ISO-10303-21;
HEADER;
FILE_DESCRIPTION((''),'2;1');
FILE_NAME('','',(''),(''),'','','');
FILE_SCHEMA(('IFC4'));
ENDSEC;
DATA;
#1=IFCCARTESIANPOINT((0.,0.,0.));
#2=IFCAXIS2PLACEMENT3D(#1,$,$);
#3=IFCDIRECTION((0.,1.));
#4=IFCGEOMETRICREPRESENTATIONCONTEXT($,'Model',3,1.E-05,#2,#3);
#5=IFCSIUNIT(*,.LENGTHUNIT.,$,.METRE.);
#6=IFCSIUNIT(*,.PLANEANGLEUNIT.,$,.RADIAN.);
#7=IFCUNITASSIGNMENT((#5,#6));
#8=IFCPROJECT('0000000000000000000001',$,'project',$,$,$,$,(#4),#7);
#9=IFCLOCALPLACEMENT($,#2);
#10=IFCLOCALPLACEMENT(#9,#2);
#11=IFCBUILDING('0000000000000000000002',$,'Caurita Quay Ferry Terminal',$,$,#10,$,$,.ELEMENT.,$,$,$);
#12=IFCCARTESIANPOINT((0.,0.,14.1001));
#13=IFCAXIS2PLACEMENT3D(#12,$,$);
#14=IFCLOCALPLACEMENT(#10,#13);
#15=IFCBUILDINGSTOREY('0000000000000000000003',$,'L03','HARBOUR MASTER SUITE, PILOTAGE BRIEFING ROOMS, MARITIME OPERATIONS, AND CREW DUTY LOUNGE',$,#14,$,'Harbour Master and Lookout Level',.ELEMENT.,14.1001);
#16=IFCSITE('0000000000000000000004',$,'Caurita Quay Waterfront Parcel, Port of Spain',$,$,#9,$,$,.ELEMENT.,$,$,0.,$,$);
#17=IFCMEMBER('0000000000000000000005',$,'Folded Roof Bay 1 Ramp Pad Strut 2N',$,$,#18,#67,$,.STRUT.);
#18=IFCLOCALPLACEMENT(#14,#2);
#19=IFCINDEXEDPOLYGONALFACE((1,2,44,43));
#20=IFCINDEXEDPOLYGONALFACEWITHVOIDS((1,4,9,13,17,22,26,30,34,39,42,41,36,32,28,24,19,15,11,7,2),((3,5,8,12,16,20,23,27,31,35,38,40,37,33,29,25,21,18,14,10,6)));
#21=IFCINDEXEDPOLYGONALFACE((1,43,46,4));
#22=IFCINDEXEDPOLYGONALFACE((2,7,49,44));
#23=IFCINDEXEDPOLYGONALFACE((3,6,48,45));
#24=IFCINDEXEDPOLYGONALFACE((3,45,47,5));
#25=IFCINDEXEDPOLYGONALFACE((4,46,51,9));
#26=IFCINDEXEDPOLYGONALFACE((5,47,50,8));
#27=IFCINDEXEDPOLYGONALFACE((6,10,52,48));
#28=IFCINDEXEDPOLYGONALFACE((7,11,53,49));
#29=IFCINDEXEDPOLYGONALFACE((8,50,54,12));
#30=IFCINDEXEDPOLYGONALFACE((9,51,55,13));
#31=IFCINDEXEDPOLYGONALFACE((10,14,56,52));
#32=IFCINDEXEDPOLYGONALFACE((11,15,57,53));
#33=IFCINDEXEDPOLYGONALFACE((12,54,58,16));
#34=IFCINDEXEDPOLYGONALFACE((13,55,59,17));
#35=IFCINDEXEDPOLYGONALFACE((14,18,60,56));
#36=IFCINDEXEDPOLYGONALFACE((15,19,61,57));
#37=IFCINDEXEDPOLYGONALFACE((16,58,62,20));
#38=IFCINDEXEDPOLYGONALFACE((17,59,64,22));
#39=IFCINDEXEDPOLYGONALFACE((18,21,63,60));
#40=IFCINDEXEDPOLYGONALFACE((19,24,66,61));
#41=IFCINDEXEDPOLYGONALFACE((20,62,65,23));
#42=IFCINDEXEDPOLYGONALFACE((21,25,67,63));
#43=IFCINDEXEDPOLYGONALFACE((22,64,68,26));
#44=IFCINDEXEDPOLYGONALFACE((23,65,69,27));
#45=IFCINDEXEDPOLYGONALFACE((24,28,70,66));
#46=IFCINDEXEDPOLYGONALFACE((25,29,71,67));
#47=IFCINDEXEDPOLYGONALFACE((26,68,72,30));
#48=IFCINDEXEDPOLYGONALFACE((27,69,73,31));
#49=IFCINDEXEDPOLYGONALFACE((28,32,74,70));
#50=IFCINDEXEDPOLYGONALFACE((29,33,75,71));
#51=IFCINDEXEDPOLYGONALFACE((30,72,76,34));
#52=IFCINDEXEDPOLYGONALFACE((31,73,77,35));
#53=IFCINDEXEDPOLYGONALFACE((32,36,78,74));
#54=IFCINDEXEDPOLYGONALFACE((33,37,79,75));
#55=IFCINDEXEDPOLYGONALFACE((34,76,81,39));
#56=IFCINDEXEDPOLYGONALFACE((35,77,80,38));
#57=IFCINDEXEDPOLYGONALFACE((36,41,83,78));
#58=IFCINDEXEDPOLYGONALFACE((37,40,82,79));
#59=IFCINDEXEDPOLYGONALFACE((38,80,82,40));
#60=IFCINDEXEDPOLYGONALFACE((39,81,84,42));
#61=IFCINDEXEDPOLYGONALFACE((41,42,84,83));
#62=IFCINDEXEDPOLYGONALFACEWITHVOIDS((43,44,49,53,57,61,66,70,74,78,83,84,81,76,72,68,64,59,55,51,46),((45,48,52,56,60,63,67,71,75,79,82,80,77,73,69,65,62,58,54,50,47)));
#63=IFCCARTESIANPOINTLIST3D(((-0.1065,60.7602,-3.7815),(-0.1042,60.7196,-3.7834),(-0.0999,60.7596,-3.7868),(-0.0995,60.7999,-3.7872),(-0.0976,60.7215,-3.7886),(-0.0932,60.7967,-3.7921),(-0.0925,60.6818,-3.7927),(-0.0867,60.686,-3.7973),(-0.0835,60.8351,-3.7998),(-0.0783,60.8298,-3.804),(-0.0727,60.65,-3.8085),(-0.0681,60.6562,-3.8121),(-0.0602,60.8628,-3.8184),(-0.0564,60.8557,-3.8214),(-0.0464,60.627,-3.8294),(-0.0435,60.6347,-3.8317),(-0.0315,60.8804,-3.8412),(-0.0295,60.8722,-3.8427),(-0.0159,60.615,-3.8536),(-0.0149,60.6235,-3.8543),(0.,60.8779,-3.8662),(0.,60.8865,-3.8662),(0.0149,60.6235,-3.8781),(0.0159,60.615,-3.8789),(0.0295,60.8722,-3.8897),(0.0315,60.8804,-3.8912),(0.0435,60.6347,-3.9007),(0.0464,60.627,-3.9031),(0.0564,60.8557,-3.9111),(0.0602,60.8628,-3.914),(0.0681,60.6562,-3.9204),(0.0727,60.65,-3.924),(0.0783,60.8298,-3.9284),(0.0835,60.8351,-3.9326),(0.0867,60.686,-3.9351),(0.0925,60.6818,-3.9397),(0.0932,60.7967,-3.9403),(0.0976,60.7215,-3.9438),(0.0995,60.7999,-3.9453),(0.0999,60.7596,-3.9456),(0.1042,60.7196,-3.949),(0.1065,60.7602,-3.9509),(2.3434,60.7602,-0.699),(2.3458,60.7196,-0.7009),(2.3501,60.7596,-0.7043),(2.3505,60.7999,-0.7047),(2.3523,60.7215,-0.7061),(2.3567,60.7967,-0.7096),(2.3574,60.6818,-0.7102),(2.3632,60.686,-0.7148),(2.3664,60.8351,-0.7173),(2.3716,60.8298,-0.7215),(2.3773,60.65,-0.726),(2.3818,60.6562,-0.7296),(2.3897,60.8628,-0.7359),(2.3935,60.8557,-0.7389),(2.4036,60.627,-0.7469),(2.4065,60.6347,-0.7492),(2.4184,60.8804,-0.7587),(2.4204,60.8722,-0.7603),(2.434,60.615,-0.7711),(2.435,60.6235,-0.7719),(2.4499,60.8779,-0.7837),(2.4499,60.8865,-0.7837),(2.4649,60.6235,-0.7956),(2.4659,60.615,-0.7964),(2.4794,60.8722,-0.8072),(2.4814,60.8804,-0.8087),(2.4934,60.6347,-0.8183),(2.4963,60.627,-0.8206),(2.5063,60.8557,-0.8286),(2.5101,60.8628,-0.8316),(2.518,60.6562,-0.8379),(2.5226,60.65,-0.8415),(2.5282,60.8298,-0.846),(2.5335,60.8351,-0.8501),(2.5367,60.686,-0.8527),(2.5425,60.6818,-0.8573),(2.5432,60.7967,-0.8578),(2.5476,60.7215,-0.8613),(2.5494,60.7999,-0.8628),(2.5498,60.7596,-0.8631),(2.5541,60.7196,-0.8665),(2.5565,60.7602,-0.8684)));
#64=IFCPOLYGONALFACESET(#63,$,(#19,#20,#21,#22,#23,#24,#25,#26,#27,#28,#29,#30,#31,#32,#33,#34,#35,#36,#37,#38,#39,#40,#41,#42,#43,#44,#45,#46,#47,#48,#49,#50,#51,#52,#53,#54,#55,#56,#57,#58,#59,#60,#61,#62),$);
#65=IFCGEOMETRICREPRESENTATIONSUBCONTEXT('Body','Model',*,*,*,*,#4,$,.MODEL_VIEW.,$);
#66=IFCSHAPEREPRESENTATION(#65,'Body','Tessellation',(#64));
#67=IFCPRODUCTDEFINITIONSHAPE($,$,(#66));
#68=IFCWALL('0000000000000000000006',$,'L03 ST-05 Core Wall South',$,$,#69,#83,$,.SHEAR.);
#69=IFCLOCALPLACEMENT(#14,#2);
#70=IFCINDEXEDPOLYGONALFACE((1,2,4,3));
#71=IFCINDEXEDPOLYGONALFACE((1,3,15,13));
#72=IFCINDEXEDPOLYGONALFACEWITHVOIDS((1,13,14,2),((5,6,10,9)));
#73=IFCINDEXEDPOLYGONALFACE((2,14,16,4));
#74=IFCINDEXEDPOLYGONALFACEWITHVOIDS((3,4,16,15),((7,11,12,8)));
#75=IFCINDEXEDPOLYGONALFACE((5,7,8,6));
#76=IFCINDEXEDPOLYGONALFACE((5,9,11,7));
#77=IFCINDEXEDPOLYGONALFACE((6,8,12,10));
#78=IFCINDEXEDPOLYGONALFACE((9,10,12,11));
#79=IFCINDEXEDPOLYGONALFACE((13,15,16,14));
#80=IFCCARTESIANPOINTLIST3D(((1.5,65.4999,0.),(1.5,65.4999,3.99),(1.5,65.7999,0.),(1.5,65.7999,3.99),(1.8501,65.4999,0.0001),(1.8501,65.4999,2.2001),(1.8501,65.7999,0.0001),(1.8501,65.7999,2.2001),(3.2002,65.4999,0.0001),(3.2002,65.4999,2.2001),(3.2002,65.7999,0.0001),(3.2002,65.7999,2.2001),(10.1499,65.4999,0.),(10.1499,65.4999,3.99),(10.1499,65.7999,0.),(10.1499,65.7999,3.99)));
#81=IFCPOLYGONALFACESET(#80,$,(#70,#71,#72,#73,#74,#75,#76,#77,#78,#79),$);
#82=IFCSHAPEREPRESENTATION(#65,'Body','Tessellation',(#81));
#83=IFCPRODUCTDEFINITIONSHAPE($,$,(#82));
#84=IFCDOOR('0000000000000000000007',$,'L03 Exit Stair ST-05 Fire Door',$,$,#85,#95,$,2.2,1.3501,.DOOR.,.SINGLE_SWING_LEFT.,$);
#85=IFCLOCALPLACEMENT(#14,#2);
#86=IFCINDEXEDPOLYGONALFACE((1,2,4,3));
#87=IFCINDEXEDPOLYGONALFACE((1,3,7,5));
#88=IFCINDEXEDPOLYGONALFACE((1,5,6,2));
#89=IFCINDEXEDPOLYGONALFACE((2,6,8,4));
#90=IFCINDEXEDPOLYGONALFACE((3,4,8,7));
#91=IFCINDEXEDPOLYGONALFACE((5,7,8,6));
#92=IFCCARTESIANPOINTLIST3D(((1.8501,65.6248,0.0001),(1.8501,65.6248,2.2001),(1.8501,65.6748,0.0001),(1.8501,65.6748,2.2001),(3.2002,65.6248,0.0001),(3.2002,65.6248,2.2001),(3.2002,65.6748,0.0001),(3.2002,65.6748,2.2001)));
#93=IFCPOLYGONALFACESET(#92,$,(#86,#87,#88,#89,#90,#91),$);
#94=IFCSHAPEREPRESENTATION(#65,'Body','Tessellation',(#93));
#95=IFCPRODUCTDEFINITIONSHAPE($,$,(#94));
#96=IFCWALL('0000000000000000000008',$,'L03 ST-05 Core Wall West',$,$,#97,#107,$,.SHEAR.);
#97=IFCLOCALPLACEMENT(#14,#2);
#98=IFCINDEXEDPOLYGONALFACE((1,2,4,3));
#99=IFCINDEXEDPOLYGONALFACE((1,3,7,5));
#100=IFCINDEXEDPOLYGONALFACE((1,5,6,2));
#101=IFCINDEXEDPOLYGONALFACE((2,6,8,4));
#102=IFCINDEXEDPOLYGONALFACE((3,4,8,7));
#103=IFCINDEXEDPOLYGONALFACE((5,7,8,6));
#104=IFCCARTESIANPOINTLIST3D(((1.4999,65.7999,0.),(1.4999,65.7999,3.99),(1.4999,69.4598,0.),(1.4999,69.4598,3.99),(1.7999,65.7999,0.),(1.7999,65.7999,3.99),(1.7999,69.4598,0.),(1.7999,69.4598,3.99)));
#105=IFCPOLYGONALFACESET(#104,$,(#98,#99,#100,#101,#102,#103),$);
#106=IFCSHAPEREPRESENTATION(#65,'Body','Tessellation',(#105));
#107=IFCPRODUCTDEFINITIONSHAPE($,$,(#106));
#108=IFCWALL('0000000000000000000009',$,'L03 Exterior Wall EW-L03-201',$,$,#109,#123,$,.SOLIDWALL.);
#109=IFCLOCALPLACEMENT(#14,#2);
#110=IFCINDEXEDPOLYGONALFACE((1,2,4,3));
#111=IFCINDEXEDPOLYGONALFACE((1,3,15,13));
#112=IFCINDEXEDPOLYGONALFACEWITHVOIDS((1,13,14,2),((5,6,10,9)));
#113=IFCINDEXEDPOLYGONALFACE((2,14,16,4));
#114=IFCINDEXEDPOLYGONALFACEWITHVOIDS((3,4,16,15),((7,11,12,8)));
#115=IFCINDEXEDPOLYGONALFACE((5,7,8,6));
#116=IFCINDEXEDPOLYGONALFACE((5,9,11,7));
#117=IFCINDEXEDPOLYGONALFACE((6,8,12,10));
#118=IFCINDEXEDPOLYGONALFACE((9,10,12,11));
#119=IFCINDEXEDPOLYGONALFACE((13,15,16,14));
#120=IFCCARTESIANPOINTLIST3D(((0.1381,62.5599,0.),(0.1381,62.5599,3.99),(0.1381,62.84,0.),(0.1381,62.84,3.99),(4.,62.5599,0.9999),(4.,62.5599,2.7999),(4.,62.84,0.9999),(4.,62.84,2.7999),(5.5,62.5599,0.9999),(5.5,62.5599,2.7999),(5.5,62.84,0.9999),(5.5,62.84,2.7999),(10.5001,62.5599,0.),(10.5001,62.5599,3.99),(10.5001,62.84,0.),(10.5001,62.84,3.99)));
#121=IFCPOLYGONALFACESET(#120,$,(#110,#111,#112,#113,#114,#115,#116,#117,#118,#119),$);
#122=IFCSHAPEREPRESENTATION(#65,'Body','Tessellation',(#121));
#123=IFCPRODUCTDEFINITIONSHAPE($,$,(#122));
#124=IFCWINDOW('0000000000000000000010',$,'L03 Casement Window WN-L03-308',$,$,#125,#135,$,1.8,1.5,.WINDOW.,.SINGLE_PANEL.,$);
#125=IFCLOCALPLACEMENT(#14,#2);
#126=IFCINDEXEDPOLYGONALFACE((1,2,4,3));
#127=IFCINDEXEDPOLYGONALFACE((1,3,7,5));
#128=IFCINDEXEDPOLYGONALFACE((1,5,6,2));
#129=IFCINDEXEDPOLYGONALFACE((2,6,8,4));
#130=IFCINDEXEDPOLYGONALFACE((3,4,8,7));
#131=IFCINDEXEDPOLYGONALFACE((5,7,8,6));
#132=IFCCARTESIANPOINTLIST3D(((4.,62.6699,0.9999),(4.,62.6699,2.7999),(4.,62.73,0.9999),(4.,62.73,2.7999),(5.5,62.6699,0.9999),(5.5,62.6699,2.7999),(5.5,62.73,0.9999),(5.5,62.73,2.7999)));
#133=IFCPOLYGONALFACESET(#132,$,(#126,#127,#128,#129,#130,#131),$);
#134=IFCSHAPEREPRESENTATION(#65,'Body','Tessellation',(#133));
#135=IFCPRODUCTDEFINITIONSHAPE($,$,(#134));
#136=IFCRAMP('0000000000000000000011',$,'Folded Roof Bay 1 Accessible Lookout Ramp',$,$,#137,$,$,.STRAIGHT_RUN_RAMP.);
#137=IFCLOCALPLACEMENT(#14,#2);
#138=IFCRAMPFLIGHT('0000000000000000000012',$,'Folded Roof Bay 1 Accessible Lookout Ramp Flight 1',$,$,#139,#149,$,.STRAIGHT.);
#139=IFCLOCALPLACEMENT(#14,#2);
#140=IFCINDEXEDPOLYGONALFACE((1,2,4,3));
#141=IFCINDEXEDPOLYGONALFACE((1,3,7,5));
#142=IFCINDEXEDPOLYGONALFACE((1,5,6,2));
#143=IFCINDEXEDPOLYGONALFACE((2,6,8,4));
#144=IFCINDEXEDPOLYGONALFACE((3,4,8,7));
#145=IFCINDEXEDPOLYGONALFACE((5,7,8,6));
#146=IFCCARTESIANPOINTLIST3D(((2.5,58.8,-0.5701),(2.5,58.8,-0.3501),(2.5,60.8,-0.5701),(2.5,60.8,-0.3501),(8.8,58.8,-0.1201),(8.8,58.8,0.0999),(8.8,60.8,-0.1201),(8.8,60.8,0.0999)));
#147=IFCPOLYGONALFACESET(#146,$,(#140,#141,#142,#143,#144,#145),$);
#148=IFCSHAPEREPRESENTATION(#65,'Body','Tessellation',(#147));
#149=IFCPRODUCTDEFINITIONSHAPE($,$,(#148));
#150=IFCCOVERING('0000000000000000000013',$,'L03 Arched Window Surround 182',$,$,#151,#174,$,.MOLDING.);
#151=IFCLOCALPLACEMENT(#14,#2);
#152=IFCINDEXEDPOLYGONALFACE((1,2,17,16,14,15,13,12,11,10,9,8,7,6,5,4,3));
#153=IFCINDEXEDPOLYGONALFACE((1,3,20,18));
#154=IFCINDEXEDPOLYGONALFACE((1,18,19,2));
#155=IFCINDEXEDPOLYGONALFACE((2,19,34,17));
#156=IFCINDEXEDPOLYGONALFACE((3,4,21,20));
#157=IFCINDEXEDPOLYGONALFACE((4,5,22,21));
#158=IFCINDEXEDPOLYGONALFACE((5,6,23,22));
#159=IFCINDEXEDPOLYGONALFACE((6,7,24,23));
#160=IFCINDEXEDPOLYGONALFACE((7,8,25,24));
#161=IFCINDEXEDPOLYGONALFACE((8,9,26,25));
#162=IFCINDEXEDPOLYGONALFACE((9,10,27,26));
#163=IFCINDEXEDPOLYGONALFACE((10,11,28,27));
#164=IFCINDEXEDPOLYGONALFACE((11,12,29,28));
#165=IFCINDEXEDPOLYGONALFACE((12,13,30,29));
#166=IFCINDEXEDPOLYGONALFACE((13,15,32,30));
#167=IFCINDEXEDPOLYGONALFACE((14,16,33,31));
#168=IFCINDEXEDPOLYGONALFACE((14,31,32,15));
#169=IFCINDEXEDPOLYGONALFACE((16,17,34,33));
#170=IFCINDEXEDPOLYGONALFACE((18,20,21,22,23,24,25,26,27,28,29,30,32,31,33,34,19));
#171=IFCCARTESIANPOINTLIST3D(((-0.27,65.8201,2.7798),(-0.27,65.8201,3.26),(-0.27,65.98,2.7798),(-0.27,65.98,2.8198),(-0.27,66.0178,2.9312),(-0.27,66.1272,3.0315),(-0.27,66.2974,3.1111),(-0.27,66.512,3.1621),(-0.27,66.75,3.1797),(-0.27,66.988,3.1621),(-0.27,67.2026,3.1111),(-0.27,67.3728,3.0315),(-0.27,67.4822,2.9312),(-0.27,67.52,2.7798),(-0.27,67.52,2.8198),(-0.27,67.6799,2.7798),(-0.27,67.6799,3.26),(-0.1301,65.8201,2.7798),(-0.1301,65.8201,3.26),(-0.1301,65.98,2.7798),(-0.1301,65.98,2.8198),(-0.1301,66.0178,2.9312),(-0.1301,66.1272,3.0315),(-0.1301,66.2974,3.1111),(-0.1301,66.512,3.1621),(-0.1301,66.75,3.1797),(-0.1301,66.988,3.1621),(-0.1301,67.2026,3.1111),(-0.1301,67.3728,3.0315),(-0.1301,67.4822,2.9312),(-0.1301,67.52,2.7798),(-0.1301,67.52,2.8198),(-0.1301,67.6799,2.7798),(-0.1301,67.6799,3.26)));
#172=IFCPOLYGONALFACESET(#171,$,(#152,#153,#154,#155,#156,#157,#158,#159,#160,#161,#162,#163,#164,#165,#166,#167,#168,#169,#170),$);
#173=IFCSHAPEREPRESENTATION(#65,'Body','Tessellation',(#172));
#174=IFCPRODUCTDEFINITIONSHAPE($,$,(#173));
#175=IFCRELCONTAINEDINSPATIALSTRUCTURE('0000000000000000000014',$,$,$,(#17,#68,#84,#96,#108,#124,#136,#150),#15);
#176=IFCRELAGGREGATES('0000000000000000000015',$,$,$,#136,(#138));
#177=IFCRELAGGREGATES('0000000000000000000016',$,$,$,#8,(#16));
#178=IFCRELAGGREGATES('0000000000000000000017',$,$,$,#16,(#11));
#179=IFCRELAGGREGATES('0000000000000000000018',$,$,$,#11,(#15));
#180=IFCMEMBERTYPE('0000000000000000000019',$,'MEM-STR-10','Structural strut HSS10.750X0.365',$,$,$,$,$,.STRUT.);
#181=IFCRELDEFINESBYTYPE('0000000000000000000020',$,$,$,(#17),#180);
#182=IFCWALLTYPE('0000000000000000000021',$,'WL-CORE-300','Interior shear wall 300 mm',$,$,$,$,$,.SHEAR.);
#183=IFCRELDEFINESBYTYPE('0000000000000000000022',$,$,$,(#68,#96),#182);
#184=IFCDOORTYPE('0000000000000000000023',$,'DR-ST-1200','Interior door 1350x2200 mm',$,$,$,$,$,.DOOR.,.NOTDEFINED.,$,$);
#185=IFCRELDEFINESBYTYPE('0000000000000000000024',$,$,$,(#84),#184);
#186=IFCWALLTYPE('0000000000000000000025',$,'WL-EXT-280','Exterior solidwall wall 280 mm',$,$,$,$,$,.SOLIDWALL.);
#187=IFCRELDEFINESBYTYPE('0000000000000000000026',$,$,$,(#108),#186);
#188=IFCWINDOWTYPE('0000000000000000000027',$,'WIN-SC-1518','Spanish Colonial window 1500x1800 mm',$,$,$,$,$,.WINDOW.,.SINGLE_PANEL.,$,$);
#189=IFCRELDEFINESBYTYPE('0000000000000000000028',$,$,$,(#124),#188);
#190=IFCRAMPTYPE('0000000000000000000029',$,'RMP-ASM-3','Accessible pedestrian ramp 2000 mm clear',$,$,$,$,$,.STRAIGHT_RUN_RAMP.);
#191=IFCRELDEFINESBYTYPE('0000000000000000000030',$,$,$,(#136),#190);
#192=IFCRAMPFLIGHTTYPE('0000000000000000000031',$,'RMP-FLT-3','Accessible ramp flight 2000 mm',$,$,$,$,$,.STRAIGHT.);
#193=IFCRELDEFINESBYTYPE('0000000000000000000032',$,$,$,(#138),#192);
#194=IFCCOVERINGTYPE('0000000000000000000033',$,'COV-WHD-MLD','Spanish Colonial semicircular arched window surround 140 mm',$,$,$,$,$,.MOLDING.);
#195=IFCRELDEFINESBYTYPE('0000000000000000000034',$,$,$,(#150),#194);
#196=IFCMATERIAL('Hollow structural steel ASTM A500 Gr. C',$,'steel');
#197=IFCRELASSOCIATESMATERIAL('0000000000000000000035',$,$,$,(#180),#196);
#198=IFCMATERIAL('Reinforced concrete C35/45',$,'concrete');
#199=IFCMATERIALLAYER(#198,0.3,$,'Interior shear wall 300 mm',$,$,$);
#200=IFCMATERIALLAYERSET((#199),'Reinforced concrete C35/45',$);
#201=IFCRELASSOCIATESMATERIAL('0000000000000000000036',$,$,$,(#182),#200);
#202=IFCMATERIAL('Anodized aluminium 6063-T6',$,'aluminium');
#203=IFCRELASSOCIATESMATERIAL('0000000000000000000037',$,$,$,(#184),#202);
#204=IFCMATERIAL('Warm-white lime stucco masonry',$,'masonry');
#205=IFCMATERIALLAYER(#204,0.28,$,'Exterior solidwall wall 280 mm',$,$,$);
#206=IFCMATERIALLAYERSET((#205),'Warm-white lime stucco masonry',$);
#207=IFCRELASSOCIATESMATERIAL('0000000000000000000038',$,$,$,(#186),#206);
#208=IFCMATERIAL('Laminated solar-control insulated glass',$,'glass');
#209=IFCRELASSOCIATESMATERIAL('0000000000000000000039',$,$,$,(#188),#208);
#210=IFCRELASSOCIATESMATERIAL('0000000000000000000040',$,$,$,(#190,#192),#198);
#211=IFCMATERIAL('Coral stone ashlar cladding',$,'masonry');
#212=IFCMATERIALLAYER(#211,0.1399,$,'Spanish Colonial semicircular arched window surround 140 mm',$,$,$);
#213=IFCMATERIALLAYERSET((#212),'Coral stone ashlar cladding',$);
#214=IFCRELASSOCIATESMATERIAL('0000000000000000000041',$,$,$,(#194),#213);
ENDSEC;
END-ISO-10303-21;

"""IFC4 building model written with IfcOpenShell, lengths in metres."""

from ifc_helpers import new_model, si_unit, direction, frame, frame_2d, origin, origin_2d, place, context, subcontext, project, spatial, polyline, rectangle, hollow_circle, outline, extrude, material, layer, layer_set, material_profile, profile_set, type_object, element, fill, aggregate, save


model = new_model("IFC4")

# Units and contexts
model_context = context("Model", 3, precision=1e-05, world=origin(), true_north=direction((0.0, 1.0)))
body_context = subcontext(model_context, "Body", "Model", "MODEL_VIEW")
ifc_project = project(units=[si_unit("LENGTHUNIT", "METRE"), si_unit("PLANEANGLEUNIT", "RADIAN")], contexts=[model_context])

# Site, building, storey
site_placement = place(None, origin())
site = spatial("IfcSite", under=ifc_project, at=site_placement, Name="Caurita Quay Waterfront Parcel, Port of Spain", CompositionType="ELEMENT", RefElevation=0.0)
building_placement = place(site_placement, origin())
building = spatial("IfcBuilding", under=site, at=building_placement, Name="Caurita Quay Ferry Terminal", CompositionType="ELEMENT")
storey_placement = place(building_placement, frame((0.0, 0.0, 14.1001)))
storey = spatial("IfcBuildingStorey", under=building, at=storey_placement, Name="L03", Description="HARBOUR MASTER SUITE, PILOTAGE BRIEFING ROOMS, MARITIME OPERATIONS, AND CREW DUTY LOUNGE", LongName="Harbour Master and Lookout Level", CompositionType="ELEMENT", Elevation=14.1001)

# Shared definitions
ifc_material_1 = material(Name="Reinforced concrete C35/45", Category="concrete")

# Member
ifc_material_2 = material(Name="Hollow structural steel ASTM A500 Gr. C", Category="steel")
ifc_material_profile_1 = material_profile(ifc_material_2, hollow_circle(Radius=0.1365, WallThickness=0.0085, at=origin_2d()), Name="HSS10.750X0.365")
ifc_profile_set_1 = profile_set([ifc_material_profile_1], Name="Hollow structural steel ASTM A500 Gr. C")
member_type = type_object("IfcMemberType", Name="MEM-STR-10", Description="Structural strut HSS10.750X0.365", PredefinedType="STRUT", material=ifc_profile_set_1)
member_1_placement = place(storey_placement, frame((0.0, 60.75, -3.8662), z_axis=(0.622204, 0.0, 0.782855), x_axis=(0.0, 1.0, 0.0)))
element("IfcMember", 1, at=member_1_placement, inside=storey, type_object=member_type, Name="Folded Roof Bay 1 Ramp Pad Strut 2N", PredefinedType="STRUT", context=body_context, shape_type="SweptSolid", body=[
    extrude(hollow_circle(Radius=0.1365, WallThickness=0.0085, at=origin_2d()), origin(), (0.0, 0.0, 1.0), 3.9375),
])

# Wall, opening, door
ifc_layer_1 = layer(ifc_material_1, 0.3, Name="Interior shear wall 300 mm")
ifc_layer_set_1 = layer_set([ifc_layer_1], Name="Reinforced concrete C35/45")
wall_type_1 = type_object("IfcWallType", Name="WL-CORE-300", Description="Interior shear wall 300 mm", PredefinedType="SHEAR", material=ifc_layer_set_1)
wall_1_placement = place(storey_placement, frame((1.5, 65.6499, 0.0), z_axis=(0.0, 0.0, 1.0), x_axis=(1.0, 0.0, 0.0)))
wall_1 = element("IfcWall", 2, at=wall_1_placement, inside=storey, type_object=wall_type_1, Name="L03 ST-05 Core Wall South", PredefinedType="SHEAR", context=body_context, shape_type="SweptSolid", body=[
    extrude(rectangle(XDim=8.6499, YDim=0.3, at=frame_2d((4.325, 0.0))), origin(), (0.0, 0.0, 1.0), 3.99),
])
opening_1_placement = place(wall_1_placement, frame((0.3501, 0.0, 0.0)))
opening_1 = element("IfcOpeningElement", 3, at=opening_1_placement, cuts=wall_1, PredefinedType="OPENING", context=body_context, shape_type="SweptSolid", body=[
    extrude(rectangle(XDim=1.3501, YDim=2.2, at=frame_2d((0.675, 1.1001))), frame((0.0, 0.1599, 0.0), z_axis=(0.0, -1.0, 0.0), x_axis=(1.0, 0.0, 0.0)), (0.0, 0.0, 1.0), 0.3201),
])
ifc_material_3 = material(Name="Anodized aluminium 6063-T6", Category="aluminium")
door_type = type_object("IfcDoorType", Name="DR-ST-1200", Description="Interior door 1350x2200 mm", OperationType="NOTDEFINED", PredefinedType="DOOR", material=ifc_material_3)
door_placement = place(opening_1_placement, origin())
door = element("IfcDoor", 4, at=door_placement, inside=storey, type_object=door_type, Name="L03 Exit Stair ST-05 Fire Door", OperationType="SINGLE_SWING_LEFT", OverallHeight=2.2, OverallWidth=1.3501, PredefinedType="DOOR", context=body_context, shape_type="SweptSolid", body=[
    extrude(rectangle(XDim=1.3501, YDim=2.2, at=frame_2d((0.675, 1.1001))), frame((0.0, 0.0249, 0.0), z_axis=(0.0, -1.0, 0.0), x_axis=(1.0, 0.0, 0.0)), (0.0, 0.0, 1.0), 0.05),
])
fill(opening_1, door)

# Wall
wall_2_placement = place(storey_placement, frame((1.6499, 69.46, 0.0), z_axis=(0.0, 0.0, 1.0), x_axis=(0.0, -1.0, 0.0)))
element("IfcWall", 5, at=wall_2_placement, inside=storey, type_object=wall_type_1, Name="L03 ST-05 Core Wall West", PredefinedType="SHEAR", context=body_context, shape_type="SweptSolid", body=[
    extrude(rectangle(XDim=3.6599, YDim=0.3, at=frame_2d((1.8301, 0.0))), origin(), (0.0, 0.0, 1.0), 3.99),
])

# Wall, opening, window
ifc_material_4 = material(Name="Warm-white lime stucco masonry", Category="masonry")
ifc_layer_2 = layer(ifc_material_4, 0.28, Name="Exterior solidwall wall 280 mm")
ifc_layer_set_2 = layer_set([ifc_layer_2], Name="Warm-white lime stucco masonry")
wall_type_2 = type_object("IfcWallType", Name="WL-EXT-280", Description="Exterior solidwall wall 280 mm", PredefinedType="SOLIDWALL", material=ifc_layer_set_2)
wall_3_placement = place(storey_placement, frame((0.1379, 62.7, 0.0), z_axis=(0.0, 0.0, 1.0), x_axis=(1.0, 0.0, 0.0)))
wall_3 = element("IfcWall", 6, at=wall_3_placement, inside=storey, type_object=wall_type_2, Name="L03 Exterior Wall EW-L03-201", PredefinedType="SOLIDWALL", context=body_context, shape_type="SweptSolid", body=[
    extrude(rectangle(XDim=10.3621, YDim=0.28, at=frame_2d((5.1812, 0.0))), origin(), (0.0, 0.0, 1.0), 3.99),
])
opening_2_placement = place(wall_3_placement, frame((3.8621, 0.0, 1.0)))
opening_2 = element("IfcOpeningElement", 7, at=opening_2_placement, cuts=wall_3, PredefinedType="OPENING", context=body_context, shape_type="SweptSolid", body=[
    extrude(rectangle(XDim=1.5, YDim=1.8, at=frame_2d((0.75, 0.8999))), frame((0.0, 0.1499, 0.0), z_axis=(0.0, -1.0, 0.0), x_axis=(1.0, 0.0, 0.0)), (0.0, 0.0, 1.0), 0.3),
])
ifc_material_5 = material(Name="Laminated solar-control insulated glass", Category="glass")
window_type = type_object("IfcWindowType", Name="WIN-SC-1518", Description="Spanish Colonial window 1500x1800 mm", PartitioningType="SINGLE_PANEL", PredefinedType="WINDOW", material=ifc_material_5)
window_placement = place(opening_2_placement, origin())
window = element("IfcWindow", 8, at=window_placement, inside=storey, type_object=window_type, Name="L03 Casement Window WN-L03-308", OverallHeight=1.8, OverallWidth=1.5, PartitioningType="SINGLE_PANEL", PredefinedType="WINDOW", context=body_context, shape_type="SweptSolid", body=[
    extrude(rectangle(XDim=1.5, YDim=1.8, at=frame_2d((0.75, 0.8999))), frame((0.0, 0.03, 0.0), z_axis=(0.0, -1.0, 0.0), x_axis=(1.0, 0.0, 0.0)), (0.0, 0.0, 1.0), 0.0601),
])
fill(opening_2, window)

# Ramp, ramp flight
ramp_type = type_object("IfcRampType", Name="RMP-ASM-3", Description="Accessible pedestrian ramp 2000 mm clear", PredefinedType="STRAIGHT_RUN_RAMP", material=ifc_material_1)
ramp_placement = place(storey_placement, origin())
ramp = element("IfcRamp", 9, at=ramp_placement, inside=storey, type_object=ramp_type, Name="Folded Roof Bay 1 Accessible Lookout Ramp", PredefinedType="STRAIGHT_RUN_RAMP")
ramp_flight_type = type_object("IfcRampFlightType", Name="RMP-FLT-3", Description="Accessible ramp flight 2000 mm", PredefinedType="STRAIGHT", material=ifc_material_1)
ramp_flight_placement = place(storey_placement, frame((2.5, 59.8, -0.3501), z_axis=(0.0, 0.0, 1.0), x_axis=(1.0, 0.0, 0.0)))
ramp_flight = element("IfcRampFlight", 10, at=ramp_flight_placement, type_object=ramp_flight_type, Name="Folded Roof Bay 1 Accessible Lookout Ramp Flight 1", PredefinedType="STRAIGHT", context=body_context, shape_type="SweptSolid", body=[
    extrude(outline(polyline([(0.0, 0.0), (0.0, -0.22), (6.3, 0.23), (6.3, 0.45), (0.0, 0.0)])), frame((0.0, 1.0, 0.0), z_axis=(0.0, -1.0, 0.0), x_axis=(1.0, 0.0, 0.0)), (0.0, 0.0, 1.0), 2.0),
])
aggregate(ramp, [ramp_flight])

# Covering
ifc_material_6 = material(Name="Coral stone ashlar cladding", Category="masonry")
ifc_layer_3 = layer(ifc_material_6, 0.1399, Name="Spanish Colonial semicircular arched window surround 140 mm")
ifc_layer_set_3 = layer_set([ifc_layer_3], Name="Coral stone ashlar cladding")
covering_type = type_object("IfcCoveringType", Name="COV-WHD-MLD", Description="Spanish Colonial semicircular arched window surround 140 mm", PredefinedType="MOLDING", material=ifc_layer_set_3)
covering_placement = place(storey_placement, frame((-0.2, 67.6799, 2.7798), z_axis=(0.0, 0.0, 1.0), x_axis=(0.0, -1.0, 0.0)))
element("IfcCovering", 11, at=covering_placement, inside=storey, type_object=covering_type, Name="L03 Arched Window Surround 182", PredefinedType="MOLDING", context=body_context, shape_type="SweptSolid", body=[
    extrude(outline(polyline([(0.0, 0.0), (0.1599, 0.0), (0.1599, 0.04), (0.1978, 0.1514), (0.3071, 0.2517), (0.4773, 0.3313), (0.6919, 0.3823), (0.9299, 0.3999), (1.168, 0.3823), (1.3826, 0.3313), (1.5527, 0.2517), (1.6621, 0.1514), (1.7, 0.04), (1.7, 0.0), (1.8599, 0.0), (1.8599, 0.4802), (0.0, 0.4802), (0.0, 0.0)])), frame((0.0, 0.0698, 0.0), z_axis=(0.0, -1.0, 0.0), x_axis=(1.0, 0.0, 0.0)), (0.0, 0.0, 1.0), 0.1399),
])

save(model, "model.ifc")
